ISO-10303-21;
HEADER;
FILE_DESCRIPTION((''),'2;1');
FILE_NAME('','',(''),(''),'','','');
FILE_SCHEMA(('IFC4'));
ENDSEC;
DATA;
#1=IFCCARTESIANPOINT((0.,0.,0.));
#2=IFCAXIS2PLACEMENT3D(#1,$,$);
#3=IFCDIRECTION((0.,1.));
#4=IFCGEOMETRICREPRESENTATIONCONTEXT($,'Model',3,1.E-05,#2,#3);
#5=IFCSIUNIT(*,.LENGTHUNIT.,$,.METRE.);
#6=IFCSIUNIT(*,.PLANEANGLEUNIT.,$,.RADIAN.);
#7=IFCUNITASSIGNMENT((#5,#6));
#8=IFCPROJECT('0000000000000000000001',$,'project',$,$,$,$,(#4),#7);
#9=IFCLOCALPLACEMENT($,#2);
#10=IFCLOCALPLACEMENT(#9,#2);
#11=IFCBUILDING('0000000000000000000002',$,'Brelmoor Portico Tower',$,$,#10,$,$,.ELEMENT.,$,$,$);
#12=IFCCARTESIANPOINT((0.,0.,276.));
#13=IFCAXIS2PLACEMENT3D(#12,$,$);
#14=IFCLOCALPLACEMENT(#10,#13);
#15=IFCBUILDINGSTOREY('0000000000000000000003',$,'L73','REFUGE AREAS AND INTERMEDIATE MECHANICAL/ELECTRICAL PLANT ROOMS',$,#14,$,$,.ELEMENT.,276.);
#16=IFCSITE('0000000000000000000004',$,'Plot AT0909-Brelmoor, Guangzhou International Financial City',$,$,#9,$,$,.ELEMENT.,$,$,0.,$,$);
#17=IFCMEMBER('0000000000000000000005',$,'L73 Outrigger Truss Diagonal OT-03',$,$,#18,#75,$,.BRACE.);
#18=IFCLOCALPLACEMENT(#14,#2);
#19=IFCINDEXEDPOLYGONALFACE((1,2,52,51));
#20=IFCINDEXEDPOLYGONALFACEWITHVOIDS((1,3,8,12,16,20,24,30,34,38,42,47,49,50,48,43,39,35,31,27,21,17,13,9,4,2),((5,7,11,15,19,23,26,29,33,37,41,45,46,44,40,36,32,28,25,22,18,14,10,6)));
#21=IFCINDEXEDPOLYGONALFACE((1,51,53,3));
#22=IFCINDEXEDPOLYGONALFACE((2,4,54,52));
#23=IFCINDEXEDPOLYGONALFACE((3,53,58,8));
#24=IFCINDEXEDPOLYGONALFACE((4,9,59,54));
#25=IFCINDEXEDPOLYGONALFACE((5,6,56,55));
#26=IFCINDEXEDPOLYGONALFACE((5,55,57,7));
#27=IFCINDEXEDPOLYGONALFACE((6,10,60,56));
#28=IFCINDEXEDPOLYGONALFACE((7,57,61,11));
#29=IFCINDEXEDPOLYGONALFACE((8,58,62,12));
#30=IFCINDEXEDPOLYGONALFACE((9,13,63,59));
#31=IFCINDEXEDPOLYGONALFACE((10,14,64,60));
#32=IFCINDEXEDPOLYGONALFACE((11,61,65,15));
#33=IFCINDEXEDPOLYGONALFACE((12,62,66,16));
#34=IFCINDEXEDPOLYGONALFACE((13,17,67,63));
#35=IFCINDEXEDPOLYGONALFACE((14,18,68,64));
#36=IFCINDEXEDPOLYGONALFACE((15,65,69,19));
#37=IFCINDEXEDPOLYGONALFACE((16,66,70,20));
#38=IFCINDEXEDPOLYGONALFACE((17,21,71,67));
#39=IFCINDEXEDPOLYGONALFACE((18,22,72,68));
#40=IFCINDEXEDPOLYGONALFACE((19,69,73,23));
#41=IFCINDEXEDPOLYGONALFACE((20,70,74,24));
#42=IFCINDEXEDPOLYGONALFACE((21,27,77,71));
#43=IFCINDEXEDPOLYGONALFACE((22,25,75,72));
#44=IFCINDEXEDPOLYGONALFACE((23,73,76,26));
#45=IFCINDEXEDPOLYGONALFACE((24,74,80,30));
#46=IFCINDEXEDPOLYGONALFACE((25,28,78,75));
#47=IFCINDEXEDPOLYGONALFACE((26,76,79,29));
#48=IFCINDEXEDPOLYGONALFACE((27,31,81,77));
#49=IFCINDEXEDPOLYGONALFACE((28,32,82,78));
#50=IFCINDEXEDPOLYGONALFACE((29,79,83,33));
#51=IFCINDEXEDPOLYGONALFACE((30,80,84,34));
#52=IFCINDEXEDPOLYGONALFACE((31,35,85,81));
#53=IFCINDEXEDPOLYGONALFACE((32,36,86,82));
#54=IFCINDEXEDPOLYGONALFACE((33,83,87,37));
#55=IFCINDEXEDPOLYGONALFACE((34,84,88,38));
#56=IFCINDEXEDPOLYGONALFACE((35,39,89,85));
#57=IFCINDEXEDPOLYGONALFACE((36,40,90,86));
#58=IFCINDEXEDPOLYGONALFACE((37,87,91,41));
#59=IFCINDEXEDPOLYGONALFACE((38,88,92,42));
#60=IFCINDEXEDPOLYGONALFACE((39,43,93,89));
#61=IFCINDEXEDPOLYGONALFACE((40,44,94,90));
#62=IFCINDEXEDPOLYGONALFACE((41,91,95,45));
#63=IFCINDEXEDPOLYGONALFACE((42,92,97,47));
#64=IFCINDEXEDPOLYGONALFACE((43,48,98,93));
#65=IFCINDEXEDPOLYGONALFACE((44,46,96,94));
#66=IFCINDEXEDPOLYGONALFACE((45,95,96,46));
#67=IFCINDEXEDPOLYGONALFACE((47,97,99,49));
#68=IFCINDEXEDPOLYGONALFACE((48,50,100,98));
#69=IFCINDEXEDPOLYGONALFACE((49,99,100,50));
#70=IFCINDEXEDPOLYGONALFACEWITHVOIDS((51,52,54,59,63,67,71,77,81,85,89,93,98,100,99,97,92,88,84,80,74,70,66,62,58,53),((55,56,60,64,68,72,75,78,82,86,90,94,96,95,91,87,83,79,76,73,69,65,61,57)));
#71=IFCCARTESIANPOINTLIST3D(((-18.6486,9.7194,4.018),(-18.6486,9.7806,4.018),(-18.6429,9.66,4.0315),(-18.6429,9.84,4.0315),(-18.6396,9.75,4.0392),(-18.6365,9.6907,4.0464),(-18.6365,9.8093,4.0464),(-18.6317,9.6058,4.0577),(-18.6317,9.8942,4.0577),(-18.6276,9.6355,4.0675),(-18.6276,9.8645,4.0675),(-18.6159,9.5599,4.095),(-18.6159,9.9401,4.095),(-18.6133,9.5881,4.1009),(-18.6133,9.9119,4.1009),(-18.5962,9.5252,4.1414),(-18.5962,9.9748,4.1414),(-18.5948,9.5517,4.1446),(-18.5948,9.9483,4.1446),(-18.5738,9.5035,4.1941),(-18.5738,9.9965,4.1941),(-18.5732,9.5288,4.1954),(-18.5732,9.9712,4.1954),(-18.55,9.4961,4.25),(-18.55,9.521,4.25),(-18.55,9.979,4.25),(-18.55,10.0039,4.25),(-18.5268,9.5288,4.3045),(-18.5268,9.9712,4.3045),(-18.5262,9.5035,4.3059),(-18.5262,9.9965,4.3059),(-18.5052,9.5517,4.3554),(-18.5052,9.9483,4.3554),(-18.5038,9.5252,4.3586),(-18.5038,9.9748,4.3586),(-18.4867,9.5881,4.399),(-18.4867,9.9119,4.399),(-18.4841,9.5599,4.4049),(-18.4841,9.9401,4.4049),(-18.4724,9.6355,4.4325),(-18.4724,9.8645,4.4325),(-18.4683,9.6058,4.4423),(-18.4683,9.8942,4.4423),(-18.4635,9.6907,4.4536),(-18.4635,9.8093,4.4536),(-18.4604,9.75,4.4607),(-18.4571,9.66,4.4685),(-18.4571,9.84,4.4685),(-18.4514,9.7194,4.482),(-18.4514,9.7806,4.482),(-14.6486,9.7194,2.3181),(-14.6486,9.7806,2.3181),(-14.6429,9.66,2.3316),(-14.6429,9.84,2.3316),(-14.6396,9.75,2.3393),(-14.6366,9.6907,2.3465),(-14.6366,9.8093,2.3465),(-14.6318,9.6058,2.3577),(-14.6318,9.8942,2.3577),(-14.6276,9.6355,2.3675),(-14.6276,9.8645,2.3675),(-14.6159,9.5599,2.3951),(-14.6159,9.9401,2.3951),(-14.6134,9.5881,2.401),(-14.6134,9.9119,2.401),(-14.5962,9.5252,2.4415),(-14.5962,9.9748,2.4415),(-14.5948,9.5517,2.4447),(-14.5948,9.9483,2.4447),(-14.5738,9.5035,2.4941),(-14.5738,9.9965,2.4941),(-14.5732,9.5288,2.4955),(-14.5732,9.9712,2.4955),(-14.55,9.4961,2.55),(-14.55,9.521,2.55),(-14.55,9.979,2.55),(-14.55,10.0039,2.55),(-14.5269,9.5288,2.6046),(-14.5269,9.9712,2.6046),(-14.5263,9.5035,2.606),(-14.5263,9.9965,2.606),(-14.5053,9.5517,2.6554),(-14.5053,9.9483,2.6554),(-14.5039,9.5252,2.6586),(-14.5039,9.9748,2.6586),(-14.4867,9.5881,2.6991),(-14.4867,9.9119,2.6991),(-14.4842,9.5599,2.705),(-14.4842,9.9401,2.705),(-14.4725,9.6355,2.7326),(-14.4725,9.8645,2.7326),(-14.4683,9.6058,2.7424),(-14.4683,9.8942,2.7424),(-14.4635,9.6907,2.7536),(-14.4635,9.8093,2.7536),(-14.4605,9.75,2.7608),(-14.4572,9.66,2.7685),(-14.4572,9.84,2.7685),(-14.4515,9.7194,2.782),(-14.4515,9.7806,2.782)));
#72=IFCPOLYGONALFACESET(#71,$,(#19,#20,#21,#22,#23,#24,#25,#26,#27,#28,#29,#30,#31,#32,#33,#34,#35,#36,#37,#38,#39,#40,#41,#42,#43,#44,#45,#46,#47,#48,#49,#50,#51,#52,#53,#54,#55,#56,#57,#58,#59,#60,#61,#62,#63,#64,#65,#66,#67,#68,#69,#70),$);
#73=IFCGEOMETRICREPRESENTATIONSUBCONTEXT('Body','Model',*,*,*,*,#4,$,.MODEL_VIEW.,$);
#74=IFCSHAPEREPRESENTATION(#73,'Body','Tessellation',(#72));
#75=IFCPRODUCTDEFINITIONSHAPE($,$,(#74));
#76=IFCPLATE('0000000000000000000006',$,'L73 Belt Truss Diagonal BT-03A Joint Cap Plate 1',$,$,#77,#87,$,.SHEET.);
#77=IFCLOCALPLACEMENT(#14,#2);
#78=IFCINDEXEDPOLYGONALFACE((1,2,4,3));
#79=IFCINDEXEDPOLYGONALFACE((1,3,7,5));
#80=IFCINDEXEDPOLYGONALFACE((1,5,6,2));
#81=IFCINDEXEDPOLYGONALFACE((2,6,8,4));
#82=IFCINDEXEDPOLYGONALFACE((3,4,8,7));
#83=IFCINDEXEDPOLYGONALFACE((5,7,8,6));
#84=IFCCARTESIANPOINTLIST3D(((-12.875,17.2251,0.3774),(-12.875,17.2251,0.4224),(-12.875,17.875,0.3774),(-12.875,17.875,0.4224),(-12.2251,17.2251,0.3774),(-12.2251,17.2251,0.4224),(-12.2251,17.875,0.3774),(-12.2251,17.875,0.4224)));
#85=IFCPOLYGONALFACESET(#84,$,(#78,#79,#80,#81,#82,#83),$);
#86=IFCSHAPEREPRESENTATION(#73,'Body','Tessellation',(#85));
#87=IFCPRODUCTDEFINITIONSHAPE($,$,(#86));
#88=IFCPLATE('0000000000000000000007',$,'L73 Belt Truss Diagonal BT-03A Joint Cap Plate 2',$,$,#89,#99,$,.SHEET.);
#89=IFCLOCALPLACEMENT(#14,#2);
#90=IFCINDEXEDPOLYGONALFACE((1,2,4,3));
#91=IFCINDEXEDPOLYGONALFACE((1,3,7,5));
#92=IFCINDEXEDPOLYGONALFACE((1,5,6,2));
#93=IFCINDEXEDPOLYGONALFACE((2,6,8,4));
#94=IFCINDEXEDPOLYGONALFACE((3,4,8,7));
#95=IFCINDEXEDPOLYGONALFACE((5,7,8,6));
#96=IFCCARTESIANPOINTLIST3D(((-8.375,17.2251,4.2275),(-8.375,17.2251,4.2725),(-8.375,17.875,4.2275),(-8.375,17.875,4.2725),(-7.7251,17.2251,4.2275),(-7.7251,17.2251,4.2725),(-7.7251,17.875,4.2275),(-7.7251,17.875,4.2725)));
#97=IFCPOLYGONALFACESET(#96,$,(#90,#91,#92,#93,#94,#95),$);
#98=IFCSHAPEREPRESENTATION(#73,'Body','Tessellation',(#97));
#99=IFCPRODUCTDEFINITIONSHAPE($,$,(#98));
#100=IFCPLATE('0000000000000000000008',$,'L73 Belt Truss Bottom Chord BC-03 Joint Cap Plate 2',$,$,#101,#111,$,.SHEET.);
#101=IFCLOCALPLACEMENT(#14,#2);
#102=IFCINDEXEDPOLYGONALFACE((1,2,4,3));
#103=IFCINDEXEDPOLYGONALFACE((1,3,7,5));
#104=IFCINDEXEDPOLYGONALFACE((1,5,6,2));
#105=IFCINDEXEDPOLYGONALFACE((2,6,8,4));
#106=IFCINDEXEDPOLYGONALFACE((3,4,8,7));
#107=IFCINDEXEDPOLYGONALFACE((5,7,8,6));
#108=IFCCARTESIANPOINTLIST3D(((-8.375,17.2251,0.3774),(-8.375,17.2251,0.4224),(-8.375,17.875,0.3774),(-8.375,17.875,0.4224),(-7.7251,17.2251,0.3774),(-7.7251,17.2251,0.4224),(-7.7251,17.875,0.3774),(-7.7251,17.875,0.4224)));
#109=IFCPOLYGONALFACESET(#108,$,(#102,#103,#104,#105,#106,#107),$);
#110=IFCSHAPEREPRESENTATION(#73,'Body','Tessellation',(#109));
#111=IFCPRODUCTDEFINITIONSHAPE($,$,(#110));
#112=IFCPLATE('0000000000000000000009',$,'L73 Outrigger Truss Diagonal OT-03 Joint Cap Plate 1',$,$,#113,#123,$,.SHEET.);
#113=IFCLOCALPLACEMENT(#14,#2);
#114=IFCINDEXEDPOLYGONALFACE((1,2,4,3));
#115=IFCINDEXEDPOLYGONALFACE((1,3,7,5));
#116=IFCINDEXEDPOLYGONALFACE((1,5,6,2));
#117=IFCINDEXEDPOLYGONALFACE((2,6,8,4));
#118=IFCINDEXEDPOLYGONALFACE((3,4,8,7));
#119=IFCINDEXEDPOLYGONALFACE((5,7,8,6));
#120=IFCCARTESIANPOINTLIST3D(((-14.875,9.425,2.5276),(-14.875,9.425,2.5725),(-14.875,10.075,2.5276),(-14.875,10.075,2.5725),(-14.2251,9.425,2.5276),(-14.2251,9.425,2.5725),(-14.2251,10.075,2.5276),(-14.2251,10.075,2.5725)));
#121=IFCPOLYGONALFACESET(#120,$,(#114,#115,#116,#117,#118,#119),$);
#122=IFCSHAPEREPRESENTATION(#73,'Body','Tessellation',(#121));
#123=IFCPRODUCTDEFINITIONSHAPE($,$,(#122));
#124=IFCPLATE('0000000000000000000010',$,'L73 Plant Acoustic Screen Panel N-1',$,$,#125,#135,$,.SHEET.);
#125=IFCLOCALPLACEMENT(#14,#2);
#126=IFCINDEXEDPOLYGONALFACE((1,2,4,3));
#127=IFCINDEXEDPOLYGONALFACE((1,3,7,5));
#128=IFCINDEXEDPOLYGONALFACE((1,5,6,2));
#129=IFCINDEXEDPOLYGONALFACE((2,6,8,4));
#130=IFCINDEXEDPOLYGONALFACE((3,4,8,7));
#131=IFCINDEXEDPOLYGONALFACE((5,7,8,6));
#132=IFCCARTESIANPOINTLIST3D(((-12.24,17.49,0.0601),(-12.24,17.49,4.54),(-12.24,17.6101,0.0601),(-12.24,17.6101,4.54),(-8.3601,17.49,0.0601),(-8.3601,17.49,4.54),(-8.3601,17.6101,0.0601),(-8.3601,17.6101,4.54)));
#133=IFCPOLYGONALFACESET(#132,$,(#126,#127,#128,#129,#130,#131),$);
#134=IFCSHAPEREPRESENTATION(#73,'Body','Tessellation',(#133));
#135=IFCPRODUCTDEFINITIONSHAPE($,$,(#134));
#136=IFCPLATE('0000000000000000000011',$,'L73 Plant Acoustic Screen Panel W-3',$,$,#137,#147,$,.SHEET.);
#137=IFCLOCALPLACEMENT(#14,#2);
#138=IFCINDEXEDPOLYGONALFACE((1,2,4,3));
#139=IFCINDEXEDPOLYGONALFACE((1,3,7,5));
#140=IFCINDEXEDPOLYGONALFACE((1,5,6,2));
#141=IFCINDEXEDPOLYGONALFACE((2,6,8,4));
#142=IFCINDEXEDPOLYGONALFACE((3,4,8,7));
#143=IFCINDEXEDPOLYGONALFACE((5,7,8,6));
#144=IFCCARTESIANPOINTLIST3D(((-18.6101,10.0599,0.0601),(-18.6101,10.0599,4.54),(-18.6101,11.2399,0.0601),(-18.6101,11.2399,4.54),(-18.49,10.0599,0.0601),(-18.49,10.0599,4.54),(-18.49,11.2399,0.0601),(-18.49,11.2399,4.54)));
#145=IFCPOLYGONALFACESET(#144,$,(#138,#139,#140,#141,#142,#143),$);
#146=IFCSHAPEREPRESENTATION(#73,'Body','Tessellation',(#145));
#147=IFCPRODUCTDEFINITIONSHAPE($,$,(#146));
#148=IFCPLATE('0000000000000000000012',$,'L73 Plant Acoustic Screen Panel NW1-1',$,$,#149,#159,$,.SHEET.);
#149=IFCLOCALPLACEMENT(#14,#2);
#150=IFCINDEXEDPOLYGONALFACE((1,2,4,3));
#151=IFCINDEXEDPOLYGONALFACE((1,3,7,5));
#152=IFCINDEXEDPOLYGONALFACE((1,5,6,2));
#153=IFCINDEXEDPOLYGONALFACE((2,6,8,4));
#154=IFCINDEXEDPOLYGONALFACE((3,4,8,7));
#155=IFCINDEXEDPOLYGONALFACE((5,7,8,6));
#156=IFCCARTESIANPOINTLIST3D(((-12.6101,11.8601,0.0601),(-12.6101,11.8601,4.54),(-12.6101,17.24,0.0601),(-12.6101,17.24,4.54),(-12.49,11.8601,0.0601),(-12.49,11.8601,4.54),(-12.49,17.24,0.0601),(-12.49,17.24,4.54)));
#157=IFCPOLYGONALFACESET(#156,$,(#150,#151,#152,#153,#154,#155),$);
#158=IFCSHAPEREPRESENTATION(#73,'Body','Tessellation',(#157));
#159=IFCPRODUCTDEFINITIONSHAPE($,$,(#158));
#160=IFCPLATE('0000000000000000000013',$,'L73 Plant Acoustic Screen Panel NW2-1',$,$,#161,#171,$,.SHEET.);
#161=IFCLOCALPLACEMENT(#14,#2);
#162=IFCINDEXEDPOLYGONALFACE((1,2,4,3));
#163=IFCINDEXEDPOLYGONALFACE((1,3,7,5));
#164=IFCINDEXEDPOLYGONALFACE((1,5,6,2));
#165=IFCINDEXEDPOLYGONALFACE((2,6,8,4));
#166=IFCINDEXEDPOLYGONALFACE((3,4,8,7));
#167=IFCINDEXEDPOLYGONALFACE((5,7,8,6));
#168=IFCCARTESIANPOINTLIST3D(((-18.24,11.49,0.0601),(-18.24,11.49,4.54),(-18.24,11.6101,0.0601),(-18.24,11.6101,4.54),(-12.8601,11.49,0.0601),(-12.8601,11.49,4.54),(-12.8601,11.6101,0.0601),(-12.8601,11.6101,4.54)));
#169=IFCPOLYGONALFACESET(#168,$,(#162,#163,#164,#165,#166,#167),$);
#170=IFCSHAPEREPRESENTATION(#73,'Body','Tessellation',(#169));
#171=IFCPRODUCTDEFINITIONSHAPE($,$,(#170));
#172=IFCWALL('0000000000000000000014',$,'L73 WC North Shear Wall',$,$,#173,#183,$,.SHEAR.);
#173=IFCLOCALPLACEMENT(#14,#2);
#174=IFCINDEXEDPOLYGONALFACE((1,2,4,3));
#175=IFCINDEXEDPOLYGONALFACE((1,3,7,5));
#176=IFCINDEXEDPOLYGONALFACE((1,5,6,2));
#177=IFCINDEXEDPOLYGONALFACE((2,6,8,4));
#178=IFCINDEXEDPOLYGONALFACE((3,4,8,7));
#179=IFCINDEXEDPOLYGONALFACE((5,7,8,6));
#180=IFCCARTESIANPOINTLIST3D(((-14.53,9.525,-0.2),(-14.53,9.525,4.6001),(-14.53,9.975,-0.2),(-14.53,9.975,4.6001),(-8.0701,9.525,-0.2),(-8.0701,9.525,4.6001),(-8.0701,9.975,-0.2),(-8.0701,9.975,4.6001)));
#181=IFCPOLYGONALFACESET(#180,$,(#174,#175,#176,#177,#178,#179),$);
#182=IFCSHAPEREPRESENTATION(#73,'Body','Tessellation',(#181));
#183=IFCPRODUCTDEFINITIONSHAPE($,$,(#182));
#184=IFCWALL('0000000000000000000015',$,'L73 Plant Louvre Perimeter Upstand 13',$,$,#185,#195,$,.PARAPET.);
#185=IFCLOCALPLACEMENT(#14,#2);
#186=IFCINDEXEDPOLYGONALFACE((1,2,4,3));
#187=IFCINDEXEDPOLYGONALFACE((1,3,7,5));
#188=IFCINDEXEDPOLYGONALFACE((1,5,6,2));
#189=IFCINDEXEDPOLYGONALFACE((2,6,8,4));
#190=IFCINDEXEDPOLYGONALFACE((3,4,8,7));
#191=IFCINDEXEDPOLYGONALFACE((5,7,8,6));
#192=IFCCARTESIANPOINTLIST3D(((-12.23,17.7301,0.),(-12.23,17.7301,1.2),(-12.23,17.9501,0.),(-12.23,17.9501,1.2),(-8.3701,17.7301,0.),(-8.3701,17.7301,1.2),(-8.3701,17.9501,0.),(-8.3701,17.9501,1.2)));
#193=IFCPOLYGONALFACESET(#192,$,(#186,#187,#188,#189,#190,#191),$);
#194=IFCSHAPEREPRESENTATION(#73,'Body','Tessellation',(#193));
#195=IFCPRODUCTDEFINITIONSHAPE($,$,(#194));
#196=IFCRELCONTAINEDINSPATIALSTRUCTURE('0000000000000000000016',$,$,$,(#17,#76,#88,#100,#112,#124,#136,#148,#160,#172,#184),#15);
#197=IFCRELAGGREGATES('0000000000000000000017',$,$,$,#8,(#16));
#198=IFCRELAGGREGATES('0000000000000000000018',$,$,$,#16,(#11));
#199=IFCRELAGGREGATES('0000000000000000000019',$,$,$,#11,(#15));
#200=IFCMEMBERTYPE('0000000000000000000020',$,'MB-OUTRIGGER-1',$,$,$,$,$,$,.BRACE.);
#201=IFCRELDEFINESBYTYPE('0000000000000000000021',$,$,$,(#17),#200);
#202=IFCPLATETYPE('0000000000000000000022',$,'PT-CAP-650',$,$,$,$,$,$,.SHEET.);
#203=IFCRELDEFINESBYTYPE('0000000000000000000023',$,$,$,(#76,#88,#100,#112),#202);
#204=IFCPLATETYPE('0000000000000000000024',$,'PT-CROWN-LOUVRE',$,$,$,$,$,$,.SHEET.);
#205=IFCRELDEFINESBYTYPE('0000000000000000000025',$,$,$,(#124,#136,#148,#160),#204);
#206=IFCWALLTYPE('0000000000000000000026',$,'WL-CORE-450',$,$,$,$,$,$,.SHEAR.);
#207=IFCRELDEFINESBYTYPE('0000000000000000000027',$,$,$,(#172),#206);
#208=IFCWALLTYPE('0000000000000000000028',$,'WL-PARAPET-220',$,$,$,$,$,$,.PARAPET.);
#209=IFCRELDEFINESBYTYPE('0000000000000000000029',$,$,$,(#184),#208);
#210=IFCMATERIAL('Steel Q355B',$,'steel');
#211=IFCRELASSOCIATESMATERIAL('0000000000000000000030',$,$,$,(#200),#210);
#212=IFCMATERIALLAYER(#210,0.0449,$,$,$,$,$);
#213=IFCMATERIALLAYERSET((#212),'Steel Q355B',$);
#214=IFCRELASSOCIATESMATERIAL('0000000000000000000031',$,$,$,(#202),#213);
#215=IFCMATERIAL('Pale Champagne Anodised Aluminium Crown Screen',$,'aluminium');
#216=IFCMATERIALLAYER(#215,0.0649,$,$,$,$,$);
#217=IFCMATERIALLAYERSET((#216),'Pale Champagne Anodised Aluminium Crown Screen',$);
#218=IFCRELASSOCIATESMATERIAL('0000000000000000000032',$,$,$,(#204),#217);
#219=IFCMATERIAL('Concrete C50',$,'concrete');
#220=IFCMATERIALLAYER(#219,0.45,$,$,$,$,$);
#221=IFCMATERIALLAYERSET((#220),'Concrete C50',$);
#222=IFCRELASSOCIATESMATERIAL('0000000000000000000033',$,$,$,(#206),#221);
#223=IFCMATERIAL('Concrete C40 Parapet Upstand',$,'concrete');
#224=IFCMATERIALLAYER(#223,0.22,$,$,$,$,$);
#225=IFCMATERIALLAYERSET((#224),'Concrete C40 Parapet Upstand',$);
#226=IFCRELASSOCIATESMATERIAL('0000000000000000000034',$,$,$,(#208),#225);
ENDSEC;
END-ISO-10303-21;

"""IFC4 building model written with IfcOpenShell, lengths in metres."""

from ifc_helpers import new_model, si_unit, direction, frame, frame_2d, origin, origin_2d, place, context, subcontext, project, spatial, rectangle, hollow_circle, extrude, material, layer, layer_set, material_profile, profile_set, type_object, element, save


model = new_model("IFC4")

# Units and contexts
model_context = context("Model", 3, precision=1e-05, world=origin(), true_north=direction((0.0, 1.0)))
body_context = subcontext(model_context, "Body", "Model", "MODEL_VIEW")
ifc_project = project(units=[si_unit("LENGTHUNIT", "METRE"), si_unit("PLANEANGLEUNIT", "RADIAN")], contexts=[model_context])

# Site, building, storey
site_placement = place(None, origin())
site = spatial("IfcSite", under=ifc_project, at=site_placement, Name="Plot AT0909-Brelmoor, Guangzhou International Financial City", CompositionType="ELEMENT", RefElevation=0.0)
building_placement = place(site_placement, origin())
building = spatial("IfcBuilding", under=site, at=building_placement, Name="Brelmoor Portico Tower", CompositionType="ELEMENT")
storey_placement = place(building_placement, frame((0.0, 0.0, 276.0)))
storey = spatial("IfcBuildingStorey", under=building, at=storey_placement, Name="L73", Description="REFUGE AREAS AND INTERMEDIATE MECHANICAL/ELECTRICAL PLANT ROOMS", CompositionType="ELEMENT", Elevation=276.0)

# Shared definitions
ifc_material_1 = material(Name="Steel Q355B", Category="steel")

# Member
ifc_material_profile_1 = material_profile(ifc_material_1, hollow_circle(Radius=0.2539, WallThickness=0.0249, at=origin_2d()), Name="CHS 508x25")
ifc_profile_set_1 = profile_set([ifc_material_profile_1], Name="Steel Q355B")
member_type_1 = type_object("IfcMemberType", Name="MB-OUTRIGGER-1", PredefinedType="BRACE", material=ifc_profile_set_1)
member_1_placement = place(storey_placement, frame((-14.55, 9.75, 2.55), z_axis=(-0.920335, 0.0, 0.391131), x_axis=(0.0, -1.0, 0.0)))
element("IfcMember", 1, at=member_1_placement, inside=storey, type_object=member_type_1, Name="L73 Outrigger Truss Diagonal OT-03", PredefinedType="BRACE", context=body_context, shape_type="SweptSolid", body=[
    extrude(hollow_circle(Radius=0.2539, WallThickness=0.0249, at=origin_2d()), origin(), (0.0, 0.0, 1.0), 4.3462),
])

# Plates
ifc_layer_1 = layer(ifc_material_1, 0.0449)
ifc_layer_set_1 = layer_set([ifc_layer_1], Name="Steel Q355B")
plate_type_1 = type_object("IfcPlateType", Name="PT-CAP-650", PredefinedType="SHEET", material=ifc_layer_set_1)
for number, where, z_axis, x_axis, name in (
    (2, (-12.55, 17.55, 0.3774), (0.0, 0.0, 1.0), (1.0, 0.0, 0.0), "L73 Belt Truss Diagonal BT-03A Joint Cap Plate 1"),
    (3, (-8.05, 17.55, 4.2275), (0.0, 0.0, 1.0), (1.0, 0.0, 0.0), "L73 Belt Truss Diagonal BT-03A Joint Cap Plate 2"),
    (4, (-8.05, 17.55, 0.3774), (0.0, 0.0, 1.0), (1.0, 0.0, 0.0), "L73 Belt Truss Bottom Chord BC-03 Joint Cap Plate 2"),
    (5, (-14.55, 9.75, 2.5276), (0.0, 0.0, 1.0), (1.0, 0.0, 0.0), "L73 Outrigger Truss Diagonal OT-03 Joint Cap Plate 1"),
):
    element("IfcPlate", number, at=place(storey_placement, frame(where, z_axis=z_axis, x_axis=x_axis)), inside=storey, type_object=plate_type_1, Name=name, PredefinedType="SHEET", context=body_context, shape_type="SweptSolid", body=[
        extrude(rectangle(XDim=0.6499, YDim=0.6499, at=origin_2d()), origin(), (0.0, 0.0, 1.0), 0.0449),
    ])
ifc_material_2 = material(Name="Pale Champagne Anodised Aluminium Crown Screen", Category="aluminium")
ifc_layer_2 = layer(ifc_material_2, 0.0649)
ifc_layer_set_2 = layer_set([ifc_layer_2], Name="Pale Champagne Anodised Aluminium Crown Screen")
plate_type_2 = type_object("IfcPlateType", Name="PT-CROWN-LOUVRE", PredefinedType="SHEET", material=ifc_layer_set_2)
plate_1_placement = place(storey_placement, frame((-10.3, 17.55, 0.0601), z_axis=(0.0, 0.0, 1.0), x_axis=(1.0, 0.0, 0.0)))
element("IfcPlate", 6, at=plate_1_placement, inside=storey, type_object=plate_type_2, Name="L73 Plant Acoustic Screen Panel N-1", PredefinedType="SHEET", context=body_context, shape_type="SweptSolid", body=[
    extrude(rectangle(XDim=3.8799, YDim=0.1201, at=origin_2d()), origin(), (0.0, 0.0, 1.0), 4.48),
])
plate_2_placement = place(storey_placement, frame((-18.55, 10.6499, 0.0601), z_axis=(0.0, 0.0, 1.0), x_axis=(0.0, 1.0, 0.0)))
element("IfcPlate", 7, at=plate_2_placement, inside=storey, type_object=plate_type_2, Name="L73 Plant Acoustic Screen Panel W-3", PredefinedType="SHEET", context=body_context, shape_type="SweptSolid", body=[
    extrude(rectangle(XDim=1.1799, YDim=0.1201, at=origin_2d()), origin(), (0.0, 0.0, 1.0), 4.48),
])
for number, where, z_axis, x_axis, name in (
    (8, (-12.55, 14.55, 0.0601), (0.0, 0.0, 1.0), (0.0, 1.0, 0.0), "L73 Plant Acoustic Screen Panel NW1-1"),
    (9, (-15.55, 11.55, 0.0601), (0.0, 0.0, 1.0), (1.0, 0.0, 0.0), "L73 Plant Acoustic Screen Panel NW2-1"),
):
    element("IfcPlate", number, at=place(storey_placement, frame(where, z_axis=z_axis, x_axis=x_axis)), inside=storey, type_object=plate_type_2, Name=name, PredefinedType="SHEET", context=body_context, shape_type="SweptSolid", body=[
        extrude(rectangle(XDim=5.3799, YDim=0.1201, at=origin_2d()), origin(), (0.0, 0.0, 1.0), 4.48),
    ])

# Walls
ifc_material_3 = material(Name="Concrete C50", Category="concrete")
ifc_layer_3 = layer(ifc_material_3, 0.45)
ifc_layer_set_3 = layer_set([ifc_layer_3], Name="Concrete C50")
wall_type_1 = type_object("IfcWallType", Name="WL-CORE-450", PredefinedType="SHEAR", material=ifc_layer_set_3)
wall_1_placement = place(storey_placement, frame((-14.53, 9.75, -0.2), z_axis=(0.0, 0.0, 1.0), x_axis=(1.0, 0.0, 0.0)))
element("IfcWall", 10, at=wall_1_placement, inside=storey, type_object=wall_type_1, Name="L73 WC North Shear Wall", PredefinedType="SHEAR", context=body_context, shape_type="SweptSolid", body=[
    extrude(rectangle(XDim=6.46, YDim=0.45, at=frame_2d((3.23, 0.0))), origin(), (0.0, 0.0, 1.0), 4.8),
])
ifc_material_4 = material(Name="Concrete C40 Parapet Upstand", Category="concrete")
ifc_layer_4 = layer(ifc_material_4, 0.22)
ifc_layer_set_4 = layer_set([ifc_layer_4], Name="Concrete C40 Parapet Upstand")
wall_type_2 = type_object("IfcWallType", Name="WL-PARAPET-220", PredefinedType="PARAPET", material=ifc_layer_set_4)
wall_2_placement = place(storey_placement, frame((-8.3701, 17.8401, 0.0), z_axis=(0.0, 0.0, 1.0), x_axis=(-1.0, 0.0, 0.0)))
element("IfcWall", 11, at=wall_2_placement, inside=storey, type_object=wall_type_2, Name="L73 Plant Louvre Perimeter Upstand 13", PredefinedType="PARAPET", context=body_context, shape_type="SweptSolid", body=[
    extrude(rectangle(XDim=3.8599, YDim=0.22, at=frame_2d((1.9299, 0.0))), origin(), (0.0, 0.0, 1.0), 1.2),
])

save(model, "model.ifc")
